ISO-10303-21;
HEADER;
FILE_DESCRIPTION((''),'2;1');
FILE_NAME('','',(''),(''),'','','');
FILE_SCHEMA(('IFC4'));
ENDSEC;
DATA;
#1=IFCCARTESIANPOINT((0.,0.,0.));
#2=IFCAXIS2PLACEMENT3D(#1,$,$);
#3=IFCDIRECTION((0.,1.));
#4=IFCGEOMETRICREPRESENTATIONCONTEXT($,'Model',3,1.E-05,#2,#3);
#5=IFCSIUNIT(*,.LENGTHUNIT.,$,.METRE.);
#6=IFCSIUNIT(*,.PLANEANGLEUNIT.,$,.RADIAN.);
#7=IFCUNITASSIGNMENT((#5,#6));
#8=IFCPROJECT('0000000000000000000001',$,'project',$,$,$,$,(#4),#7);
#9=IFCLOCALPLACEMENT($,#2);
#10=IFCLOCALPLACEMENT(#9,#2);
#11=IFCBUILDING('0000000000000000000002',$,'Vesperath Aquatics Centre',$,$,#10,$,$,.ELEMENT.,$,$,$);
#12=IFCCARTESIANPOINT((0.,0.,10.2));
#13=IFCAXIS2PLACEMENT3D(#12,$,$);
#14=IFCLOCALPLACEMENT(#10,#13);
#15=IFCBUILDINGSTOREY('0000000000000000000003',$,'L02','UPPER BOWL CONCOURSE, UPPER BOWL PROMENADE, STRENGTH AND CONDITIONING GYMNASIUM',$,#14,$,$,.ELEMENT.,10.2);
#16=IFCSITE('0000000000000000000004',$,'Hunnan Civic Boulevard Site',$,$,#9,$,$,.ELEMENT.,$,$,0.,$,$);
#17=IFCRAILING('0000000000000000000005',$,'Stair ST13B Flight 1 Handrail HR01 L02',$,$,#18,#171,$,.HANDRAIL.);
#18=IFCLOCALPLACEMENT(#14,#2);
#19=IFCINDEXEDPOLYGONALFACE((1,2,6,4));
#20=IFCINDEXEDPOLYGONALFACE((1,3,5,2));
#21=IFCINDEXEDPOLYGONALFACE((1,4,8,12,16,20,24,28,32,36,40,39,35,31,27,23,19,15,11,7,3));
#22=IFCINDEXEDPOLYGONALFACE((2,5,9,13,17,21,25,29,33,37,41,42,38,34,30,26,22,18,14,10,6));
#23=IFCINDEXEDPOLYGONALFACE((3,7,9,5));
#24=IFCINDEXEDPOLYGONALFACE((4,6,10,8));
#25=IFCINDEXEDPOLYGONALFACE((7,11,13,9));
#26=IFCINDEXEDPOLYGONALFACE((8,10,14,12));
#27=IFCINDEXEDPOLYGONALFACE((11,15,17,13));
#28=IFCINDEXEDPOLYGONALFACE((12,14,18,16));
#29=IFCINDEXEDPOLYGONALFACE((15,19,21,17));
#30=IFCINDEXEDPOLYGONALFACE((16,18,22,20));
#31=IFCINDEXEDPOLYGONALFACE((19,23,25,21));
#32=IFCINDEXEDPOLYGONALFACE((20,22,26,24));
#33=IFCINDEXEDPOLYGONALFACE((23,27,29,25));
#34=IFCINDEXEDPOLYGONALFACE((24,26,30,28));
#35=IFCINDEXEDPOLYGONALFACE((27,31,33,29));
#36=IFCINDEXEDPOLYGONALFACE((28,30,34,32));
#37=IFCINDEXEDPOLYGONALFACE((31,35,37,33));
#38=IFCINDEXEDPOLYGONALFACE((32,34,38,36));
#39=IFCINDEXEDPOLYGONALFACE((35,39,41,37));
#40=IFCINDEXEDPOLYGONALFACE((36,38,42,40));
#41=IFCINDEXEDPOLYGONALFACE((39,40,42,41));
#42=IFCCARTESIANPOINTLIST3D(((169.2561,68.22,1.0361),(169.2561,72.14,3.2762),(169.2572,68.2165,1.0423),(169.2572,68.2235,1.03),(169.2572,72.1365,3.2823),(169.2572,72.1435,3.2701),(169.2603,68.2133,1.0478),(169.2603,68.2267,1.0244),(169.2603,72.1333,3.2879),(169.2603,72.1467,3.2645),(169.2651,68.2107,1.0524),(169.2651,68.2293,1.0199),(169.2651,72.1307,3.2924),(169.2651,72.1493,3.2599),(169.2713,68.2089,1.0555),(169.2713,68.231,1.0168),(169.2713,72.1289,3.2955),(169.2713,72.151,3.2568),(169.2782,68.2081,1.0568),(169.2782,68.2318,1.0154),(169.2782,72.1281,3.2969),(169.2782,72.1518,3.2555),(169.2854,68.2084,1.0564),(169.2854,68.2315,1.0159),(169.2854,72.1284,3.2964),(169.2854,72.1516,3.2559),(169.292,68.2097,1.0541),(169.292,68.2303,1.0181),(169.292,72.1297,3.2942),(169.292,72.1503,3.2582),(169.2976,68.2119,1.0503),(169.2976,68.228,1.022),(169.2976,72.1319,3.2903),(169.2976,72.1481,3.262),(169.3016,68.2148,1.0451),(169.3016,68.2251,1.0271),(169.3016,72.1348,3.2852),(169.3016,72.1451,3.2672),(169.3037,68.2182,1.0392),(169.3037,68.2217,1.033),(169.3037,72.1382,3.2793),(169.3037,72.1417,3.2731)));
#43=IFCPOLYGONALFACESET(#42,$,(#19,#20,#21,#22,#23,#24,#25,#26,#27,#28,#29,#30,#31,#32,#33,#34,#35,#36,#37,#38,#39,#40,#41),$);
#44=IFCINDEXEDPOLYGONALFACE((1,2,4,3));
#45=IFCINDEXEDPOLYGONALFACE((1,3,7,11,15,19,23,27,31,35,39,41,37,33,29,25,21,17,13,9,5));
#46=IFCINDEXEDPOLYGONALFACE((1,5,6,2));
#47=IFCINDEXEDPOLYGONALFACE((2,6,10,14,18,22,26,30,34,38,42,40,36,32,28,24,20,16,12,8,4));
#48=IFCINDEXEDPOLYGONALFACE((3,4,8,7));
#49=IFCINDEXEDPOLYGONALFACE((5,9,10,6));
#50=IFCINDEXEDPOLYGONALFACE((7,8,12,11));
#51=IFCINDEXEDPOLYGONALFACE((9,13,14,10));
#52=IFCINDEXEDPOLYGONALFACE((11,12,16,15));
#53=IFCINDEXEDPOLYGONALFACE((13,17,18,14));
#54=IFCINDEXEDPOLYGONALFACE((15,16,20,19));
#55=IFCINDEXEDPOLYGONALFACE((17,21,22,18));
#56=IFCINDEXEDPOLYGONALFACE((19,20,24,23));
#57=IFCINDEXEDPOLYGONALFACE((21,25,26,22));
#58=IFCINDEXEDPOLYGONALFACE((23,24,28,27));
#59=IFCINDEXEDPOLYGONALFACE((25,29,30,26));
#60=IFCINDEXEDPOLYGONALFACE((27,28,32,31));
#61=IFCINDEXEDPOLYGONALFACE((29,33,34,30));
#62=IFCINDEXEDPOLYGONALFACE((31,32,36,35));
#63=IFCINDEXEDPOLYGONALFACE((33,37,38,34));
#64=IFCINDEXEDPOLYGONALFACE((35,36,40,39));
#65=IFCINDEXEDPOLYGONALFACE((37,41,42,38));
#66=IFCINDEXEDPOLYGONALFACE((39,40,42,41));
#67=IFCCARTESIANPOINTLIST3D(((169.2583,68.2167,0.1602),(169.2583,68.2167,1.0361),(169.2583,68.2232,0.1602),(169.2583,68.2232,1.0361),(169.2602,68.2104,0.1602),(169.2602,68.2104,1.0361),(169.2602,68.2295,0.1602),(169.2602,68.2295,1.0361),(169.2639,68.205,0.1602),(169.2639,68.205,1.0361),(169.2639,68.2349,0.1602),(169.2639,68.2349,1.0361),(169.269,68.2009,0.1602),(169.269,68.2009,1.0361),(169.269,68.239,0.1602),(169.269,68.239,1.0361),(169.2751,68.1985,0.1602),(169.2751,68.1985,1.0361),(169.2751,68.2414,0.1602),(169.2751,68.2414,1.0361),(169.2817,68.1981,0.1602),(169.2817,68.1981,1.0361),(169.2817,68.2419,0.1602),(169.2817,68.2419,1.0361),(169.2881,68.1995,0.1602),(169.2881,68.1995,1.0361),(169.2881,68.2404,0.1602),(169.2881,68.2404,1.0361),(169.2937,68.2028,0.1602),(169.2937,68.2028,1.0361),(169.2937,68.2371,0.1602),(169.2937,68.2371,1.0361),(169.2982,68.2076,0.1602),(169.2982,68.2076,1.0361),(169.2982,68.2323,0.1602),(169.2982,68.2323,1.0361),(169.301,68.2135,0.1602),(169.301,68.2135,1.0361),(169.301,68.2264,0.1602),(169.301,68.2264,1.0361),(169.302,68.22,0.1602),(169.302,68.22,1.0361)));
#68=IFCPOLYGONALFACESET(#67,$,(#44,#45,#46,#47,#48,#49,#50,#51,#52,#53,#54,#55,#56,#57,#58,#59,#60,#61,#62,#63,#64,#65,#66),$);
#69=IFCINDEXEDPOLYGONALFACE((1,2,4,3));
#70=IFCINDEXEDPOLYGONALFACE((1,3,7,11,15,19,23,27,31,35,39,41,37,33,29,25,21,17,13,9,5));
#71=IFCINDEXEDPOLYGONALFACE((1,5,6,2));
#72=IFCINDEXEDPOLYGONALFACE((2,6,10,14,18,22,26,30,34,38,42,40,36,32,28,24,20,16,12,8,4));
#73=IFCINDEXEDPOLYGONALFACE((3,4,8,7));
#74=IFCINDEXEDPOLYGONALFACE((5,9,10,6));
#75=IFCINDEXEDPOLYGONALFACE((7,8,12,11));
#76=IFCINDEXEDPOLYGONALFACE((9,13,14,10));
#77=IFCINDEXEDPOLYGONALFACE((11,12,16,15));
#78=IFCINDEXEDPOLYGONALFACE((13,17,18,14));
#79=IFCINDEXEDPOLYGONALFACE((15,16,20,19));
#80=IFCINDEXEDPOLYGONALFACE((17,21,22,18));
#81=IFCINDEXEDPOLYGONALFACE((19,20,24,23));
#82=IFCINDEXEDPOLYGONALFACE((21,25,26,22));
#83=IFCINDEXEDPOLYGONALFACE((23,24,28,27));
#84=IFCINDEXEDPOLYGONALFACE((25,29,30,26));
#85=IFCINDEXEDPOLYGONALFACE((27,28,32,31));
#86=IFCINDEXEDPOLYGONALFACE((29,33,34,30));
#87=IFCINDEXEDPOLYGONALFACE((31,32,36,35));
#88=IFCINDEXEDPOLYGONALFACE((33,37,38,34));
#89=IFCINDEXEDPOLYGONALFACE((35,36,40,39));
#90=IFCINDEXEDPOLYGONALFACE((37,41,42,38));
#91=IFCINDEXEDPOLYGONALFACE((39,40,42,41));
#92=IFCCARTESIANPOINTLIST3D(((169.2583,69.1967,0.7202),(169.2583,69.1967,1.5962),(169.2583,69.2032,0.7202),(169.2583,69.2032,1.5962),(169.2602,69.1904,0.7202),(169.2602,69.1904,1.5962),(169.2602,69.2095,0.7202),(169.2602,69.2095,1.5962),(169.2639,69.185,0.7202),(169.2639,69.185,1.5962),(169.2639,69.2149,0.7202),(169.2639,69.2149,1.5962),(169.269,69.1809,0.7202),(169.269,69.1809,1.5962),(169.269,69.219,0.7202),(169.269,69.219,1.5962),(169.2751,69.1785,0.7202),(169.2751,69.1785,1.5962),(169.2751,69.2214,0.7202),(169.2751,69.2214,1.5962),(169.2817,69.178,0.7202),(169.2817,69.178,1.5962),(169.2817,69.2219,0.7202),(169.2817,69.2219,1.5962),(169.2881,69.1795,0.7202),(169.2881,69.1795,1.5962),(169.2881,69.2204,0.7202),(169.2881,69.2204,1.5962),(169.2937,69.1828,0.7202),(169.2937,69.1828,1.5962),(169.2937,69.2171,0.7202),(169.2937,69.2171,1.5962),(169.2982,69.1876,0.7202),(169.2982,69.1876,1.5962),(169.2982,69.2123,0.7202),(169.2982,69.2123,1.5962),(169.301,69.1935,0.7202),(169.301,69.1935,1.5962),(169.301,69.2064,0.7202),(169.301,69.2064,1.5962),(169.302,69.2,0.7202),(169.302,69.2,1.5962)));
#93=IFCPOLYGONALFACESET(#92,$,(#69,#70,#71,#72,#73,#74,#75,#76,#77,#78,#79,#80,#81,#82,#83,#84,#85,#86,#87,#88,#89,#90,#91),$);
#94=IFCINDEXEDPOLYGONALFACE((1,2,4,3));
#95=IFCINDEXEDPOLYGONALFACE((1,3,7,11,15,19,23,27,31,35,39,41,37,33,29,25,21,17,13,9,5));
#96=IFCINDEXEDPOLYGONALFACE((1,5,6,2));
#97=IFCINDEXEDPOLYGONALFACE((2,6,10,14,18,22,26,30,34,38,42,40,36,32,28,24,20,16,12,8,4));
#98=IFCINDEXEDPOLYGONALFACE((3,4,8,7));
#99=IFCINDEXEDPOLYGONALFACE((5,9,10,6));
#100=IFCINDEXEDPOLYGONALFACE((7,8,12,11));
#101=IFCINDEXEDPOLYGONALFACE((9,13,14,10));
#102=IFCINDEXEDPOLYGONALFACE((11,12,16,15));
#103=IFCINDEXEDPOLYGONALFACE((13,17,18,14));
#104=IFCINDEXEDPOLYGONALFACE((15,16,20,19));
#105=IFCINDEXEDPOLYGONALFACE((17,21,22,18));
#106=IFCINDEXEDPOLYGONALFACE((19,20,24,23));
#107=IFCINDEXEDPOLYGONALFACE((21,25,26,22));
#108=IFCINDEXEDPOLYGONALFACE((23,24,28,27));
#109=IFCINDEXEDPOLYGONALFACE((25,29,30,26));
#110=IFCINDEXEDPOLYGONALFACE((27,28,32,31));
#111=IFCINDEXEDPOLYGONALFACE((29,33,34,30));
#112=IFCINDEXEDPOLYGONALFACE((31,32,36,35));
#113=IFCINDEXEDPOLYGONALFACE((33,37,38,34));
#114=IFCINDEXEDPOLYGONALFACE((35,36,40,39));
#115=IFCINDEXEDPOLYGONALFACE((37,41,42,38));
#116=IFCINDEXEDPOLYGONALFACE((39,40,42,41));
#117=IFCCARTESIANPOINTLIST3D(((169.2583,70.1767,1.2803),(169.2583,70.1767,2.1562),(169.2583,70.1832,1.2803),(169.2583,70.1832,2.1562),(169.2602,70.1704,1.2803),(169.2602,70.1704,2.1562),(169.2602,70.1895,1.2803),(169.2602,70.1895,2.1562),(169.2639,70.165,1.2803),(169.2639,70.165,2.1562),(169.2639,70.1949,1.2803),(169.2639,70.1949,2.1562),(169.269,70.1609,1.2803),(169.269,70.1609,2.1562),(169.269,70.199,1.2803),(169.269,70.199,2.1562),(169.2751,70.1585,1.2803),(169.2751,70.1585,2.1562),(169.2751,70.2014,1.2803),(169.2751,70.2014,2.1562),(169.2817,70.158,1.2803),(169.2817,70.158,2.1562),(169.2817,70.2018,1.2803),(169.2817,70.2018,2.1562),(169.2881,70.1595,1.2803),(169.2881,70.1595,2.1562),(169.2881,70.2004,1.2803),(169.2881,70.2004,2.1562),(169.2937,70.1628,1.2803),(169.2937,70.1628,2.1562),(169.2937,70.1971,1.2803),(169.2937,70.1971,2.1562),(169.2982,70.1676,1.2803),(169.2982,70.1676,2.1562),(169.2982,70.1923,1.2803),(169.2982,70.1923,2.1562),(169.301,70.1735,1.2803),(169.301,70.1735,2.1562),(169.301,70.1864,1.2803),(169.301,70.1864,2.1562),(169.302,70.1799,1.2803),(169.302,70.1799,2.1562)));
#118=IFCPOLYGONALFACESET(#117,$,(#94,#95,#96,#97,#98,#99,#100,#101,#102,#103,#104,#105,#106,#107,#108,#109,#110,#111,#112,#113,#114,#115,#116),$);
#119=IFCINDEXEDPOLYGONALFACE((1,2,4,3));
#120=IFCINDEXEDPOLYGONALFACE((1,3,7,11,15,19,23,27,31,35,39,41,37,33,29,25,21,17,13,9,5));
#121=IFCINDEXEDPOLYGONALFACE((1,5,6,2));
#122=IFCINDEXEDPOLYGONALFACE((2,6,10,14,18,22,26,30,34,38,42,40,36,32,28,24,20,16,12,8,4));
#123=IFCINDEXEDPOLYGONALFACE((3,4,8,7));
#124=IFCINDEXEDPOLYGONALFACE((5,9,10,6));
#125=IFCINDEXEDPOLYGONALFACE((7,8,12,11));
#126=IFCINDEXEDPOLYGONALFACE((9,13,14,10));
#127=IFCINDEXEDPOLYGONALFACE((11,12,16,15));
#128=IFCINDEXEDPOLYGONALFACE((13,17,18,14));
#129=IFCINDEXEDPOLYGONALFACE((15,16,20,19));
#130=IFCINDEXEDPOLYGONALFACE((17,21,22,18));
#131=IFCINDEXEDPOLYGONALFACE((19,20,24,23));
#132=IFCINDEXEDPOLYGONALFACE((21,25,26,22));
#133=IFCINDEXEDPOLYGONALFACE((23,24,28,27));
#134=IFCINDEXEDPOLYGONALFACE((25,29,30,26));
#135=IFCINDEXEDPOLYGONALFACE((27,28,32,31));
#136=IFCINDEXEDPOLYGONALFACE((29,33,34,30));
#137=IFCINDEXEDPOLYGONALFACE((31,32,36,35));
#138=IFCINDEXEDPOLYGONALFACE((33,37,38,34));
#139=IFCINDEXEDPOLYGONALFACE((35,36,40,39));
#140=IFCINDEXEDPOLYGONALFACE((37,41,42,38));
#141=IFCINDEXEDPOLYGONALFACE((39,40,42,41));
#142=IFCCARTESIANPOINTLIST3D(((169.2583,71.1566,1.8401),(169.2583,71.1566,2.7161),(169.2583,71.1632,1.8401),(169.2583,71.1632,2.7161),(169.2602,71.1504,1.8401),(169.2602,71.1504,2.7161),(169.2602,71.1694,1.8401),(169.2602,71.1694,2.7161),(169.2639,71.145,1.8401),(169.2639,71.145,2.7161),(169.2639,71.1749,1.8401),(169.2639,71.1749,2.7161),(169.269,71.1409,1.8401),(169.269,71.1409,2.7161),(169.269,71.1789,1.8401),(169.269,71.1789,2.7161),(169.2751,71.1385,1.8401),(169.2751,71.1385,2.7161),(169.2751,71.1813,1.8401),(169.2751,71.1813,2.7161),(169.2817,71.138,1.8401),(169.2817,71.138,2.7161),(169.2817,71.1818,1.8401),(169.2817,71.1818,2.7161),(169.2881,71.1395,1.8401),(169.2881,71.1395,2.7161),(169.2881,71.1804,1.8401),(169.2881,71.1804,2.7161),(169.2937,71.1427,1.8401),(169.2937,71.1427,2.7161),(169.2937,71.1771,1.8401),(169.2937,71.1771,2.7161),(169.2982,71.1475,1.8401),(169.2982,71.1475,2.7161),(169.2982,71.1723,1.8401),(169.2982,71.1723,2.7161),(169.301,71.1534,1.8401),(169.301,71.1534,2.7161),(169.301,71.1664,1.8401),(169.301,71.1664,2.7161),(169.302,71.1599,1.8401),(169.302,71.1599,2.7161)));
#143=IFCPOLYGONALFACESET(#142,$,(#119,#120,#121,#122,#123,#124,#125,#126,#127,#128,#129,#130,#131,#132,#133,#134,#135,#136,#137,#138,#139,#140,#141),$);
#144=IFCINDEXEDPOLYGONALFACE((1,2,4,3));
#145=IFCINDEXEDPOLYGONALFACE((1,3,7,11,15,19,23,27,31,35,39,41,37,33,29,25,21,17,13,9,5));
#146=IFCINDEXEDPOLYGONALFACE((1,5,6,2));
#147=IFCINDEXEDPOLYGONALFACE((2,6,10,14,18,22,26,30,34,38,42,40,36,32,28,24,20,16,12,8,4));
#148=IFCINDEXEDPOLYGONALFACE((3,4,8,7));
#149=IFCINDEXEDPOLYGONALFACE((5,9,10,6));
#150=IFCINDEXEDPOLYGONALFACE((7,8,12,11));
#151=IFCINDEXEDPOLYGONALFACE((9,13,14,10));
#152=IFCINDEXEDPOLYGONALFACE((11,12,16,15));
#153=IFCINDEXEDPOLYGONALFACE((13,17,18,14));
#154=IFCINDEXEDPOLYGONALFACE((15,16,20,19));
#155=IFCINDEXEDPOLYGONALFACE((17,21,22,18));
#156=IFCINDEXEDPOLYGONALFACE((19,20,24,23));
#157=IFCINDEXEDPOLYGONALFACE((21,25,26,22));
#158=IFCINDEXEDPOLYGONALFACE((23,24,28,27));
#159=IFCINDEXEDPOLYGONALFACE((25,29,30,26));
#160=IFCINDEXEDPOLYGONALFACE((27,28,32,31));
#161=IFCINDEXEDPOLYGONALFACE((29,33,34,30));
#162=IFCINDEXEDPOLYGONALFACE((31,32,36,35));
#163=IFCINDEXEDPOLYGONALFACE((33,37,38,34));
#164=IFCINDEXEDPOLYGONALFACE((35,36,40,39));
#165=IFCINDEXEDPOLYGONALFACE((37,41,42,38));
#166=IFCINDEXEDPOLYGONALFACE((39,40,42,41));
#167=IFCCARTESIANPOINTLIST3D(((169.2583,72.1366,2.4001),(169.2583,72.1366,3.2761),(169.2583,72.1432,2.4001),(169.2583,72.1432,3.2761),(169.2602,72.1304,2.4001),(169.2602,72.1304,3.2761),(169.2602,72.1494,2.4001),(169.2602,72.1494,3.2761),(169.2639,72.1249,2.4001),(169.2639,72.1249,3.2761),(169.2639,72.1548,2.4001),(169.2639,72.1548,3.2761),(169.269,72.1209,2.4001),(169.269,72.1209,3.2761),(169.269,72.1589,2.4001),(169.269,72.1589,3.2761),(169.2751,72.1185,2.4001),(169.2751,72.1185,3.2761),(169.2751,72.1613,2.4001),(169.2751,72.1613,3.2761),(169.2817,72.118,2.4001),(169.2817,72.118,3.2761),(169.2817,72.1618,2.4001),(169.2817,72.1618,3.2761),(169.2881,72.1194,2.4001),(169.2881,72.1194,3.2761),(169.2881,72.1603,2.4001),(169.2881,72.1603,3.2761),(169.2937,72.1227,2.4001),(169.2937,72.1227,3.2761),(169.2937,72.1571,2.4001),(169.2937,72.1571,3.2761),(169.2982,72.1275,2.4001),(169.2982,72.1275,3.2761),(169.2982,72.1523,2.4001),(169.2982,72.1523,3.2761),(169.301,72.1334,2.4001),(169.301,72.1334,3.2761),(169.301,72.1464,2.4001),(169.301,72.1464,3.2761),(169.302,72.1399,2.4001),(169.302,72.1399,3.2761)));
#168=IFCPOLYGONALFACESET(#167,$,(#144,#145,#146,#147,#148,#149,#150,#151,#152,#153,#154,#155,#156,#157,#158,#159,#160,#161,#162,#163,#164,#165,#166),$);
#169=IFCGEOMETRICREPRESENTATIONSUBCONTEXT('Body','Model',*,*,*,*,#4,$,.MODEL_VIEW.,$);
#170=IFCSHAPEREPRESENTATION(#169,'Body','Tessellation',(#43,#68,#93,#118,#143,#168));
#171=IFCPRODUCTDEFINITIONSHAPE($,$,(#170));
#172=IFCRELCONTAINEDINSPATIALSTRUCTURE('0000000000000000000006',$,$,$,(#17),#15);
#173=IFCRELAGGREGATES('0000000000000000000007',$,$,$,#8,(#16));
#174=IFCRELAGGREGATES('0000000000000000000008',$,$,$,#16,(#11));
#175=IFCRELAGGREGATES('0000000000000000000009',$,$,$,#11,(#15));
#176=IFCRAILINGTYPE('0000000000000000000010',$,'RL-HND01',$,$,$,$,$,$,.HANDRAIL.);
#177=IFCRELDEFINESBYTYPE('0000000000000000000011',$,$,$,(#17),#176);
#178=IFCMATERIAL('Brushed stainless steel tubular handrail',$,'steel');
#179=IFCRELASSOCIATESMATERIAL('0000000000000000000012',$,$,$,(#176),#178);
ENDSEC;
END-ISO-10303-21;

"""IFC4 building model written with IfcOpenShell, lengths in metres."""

from ifc_helpers import new_model, si_unit, direction, frame, origin, origin_2d, place, context, subcontext, project, spatial, circle, extrude, material, type_object, element, save


model = new_model("IFC4")

# Units and contexts
model_context = context("Model", 3, precision=1e-05, world=origin(), true_north=direction((0.0, 1.0)))
body_context = subcontext(model_context, "Body", "Model", "MODEL_VIEW")
ifc_project = project(units=[si_unit("LENGTHUNIT", "METRE"), si_unit("PLANEANGLEUNIT", "RADIAN")], contexts=[model_context])

# Site, building, storey
site_placement = place(None, origin())
site = spatial("IfcSite", under=ifc_project, at=site_placement, Name="Hunnan Civic Boulevard Site", CompositionType="ELEMENT", RefElevation=0.0)
building_placement = place(site_placement, origin())
building = spatial("IfcBuilding", under=site, at=building_placement, Name="Vesperath Aquatics Centre", CompositionType="ELEMENT")
storey_placement = place(building_placement, frame((0.0, 0.0, 10.2)))
storey = spatial("IfcBuildingStorey", under=building, at=storey_placement, Name="L02", Description="UPPER BOWL CONCOURSE, UPPER BOWL PROMENADE, STRENGTH AND CONDITIONING GYMNASIUM", CompositionType="ELEMENT", Elevation=10.2)

# Railing
ifc_material_1 = material(Name="Brushed stainless steel tubular handrail", Category="steel")
railing_type_1 = type_object("IfcRailingType", Name="RL-HND01", PredefinedType="HANDRAIL", material=ifc_material_1)
railing_1_placement = place(storey_placement, frame((169.28, 68.22, 0.1602)))
element("IfcRailing", 1, at=railing_1_placement, inside=storey, type_object=railing_type_1, Name="Stair ST13B Flight 1 Handrail HR01 L02", PredefinedType="HANDRAIL", context=body_context, shape_type="SweptSolid", body=[
    extrude(circle(Radius=0.0239, at=origin_2d()), frame((0.0, 0.0, 0.876), z_axis=(0.0, 0.86824, 0.496145), x_axis=(-1.0, 0.0, 0.0)), (0.0, 0.0, 1.0), 4.5149),
    extrude(circle(Radius=0.022, at=origin_2d()), origin(), (0.0, 0.0, 1.0), 0.876),
    extrude(circle(Radius=0.022, at=origin_2d()), frame((0.0, 0.98, 0.5601)), (0.0, 0.0, 1.0), 0.876),
    extrude(circle(Radius=0.022, at=origin_2d()), frame((0.0, 1.96, 1.1201)), (0.0, 0.0, 1.0), 0.876),
    extrude(circle(Radius=0.022, at=origin_2d()), frame((0.0, 2.9399, 1.6799)), (0.0, 0.0, 1.0), 0.876),
    extrude(circle(Radius=0.022, at=origin_2d()), frame((0.0, 3.9199, 2.24)), (0.0, 0.0, 1.0), 0.876),
])

save(model, "model.ifc")
